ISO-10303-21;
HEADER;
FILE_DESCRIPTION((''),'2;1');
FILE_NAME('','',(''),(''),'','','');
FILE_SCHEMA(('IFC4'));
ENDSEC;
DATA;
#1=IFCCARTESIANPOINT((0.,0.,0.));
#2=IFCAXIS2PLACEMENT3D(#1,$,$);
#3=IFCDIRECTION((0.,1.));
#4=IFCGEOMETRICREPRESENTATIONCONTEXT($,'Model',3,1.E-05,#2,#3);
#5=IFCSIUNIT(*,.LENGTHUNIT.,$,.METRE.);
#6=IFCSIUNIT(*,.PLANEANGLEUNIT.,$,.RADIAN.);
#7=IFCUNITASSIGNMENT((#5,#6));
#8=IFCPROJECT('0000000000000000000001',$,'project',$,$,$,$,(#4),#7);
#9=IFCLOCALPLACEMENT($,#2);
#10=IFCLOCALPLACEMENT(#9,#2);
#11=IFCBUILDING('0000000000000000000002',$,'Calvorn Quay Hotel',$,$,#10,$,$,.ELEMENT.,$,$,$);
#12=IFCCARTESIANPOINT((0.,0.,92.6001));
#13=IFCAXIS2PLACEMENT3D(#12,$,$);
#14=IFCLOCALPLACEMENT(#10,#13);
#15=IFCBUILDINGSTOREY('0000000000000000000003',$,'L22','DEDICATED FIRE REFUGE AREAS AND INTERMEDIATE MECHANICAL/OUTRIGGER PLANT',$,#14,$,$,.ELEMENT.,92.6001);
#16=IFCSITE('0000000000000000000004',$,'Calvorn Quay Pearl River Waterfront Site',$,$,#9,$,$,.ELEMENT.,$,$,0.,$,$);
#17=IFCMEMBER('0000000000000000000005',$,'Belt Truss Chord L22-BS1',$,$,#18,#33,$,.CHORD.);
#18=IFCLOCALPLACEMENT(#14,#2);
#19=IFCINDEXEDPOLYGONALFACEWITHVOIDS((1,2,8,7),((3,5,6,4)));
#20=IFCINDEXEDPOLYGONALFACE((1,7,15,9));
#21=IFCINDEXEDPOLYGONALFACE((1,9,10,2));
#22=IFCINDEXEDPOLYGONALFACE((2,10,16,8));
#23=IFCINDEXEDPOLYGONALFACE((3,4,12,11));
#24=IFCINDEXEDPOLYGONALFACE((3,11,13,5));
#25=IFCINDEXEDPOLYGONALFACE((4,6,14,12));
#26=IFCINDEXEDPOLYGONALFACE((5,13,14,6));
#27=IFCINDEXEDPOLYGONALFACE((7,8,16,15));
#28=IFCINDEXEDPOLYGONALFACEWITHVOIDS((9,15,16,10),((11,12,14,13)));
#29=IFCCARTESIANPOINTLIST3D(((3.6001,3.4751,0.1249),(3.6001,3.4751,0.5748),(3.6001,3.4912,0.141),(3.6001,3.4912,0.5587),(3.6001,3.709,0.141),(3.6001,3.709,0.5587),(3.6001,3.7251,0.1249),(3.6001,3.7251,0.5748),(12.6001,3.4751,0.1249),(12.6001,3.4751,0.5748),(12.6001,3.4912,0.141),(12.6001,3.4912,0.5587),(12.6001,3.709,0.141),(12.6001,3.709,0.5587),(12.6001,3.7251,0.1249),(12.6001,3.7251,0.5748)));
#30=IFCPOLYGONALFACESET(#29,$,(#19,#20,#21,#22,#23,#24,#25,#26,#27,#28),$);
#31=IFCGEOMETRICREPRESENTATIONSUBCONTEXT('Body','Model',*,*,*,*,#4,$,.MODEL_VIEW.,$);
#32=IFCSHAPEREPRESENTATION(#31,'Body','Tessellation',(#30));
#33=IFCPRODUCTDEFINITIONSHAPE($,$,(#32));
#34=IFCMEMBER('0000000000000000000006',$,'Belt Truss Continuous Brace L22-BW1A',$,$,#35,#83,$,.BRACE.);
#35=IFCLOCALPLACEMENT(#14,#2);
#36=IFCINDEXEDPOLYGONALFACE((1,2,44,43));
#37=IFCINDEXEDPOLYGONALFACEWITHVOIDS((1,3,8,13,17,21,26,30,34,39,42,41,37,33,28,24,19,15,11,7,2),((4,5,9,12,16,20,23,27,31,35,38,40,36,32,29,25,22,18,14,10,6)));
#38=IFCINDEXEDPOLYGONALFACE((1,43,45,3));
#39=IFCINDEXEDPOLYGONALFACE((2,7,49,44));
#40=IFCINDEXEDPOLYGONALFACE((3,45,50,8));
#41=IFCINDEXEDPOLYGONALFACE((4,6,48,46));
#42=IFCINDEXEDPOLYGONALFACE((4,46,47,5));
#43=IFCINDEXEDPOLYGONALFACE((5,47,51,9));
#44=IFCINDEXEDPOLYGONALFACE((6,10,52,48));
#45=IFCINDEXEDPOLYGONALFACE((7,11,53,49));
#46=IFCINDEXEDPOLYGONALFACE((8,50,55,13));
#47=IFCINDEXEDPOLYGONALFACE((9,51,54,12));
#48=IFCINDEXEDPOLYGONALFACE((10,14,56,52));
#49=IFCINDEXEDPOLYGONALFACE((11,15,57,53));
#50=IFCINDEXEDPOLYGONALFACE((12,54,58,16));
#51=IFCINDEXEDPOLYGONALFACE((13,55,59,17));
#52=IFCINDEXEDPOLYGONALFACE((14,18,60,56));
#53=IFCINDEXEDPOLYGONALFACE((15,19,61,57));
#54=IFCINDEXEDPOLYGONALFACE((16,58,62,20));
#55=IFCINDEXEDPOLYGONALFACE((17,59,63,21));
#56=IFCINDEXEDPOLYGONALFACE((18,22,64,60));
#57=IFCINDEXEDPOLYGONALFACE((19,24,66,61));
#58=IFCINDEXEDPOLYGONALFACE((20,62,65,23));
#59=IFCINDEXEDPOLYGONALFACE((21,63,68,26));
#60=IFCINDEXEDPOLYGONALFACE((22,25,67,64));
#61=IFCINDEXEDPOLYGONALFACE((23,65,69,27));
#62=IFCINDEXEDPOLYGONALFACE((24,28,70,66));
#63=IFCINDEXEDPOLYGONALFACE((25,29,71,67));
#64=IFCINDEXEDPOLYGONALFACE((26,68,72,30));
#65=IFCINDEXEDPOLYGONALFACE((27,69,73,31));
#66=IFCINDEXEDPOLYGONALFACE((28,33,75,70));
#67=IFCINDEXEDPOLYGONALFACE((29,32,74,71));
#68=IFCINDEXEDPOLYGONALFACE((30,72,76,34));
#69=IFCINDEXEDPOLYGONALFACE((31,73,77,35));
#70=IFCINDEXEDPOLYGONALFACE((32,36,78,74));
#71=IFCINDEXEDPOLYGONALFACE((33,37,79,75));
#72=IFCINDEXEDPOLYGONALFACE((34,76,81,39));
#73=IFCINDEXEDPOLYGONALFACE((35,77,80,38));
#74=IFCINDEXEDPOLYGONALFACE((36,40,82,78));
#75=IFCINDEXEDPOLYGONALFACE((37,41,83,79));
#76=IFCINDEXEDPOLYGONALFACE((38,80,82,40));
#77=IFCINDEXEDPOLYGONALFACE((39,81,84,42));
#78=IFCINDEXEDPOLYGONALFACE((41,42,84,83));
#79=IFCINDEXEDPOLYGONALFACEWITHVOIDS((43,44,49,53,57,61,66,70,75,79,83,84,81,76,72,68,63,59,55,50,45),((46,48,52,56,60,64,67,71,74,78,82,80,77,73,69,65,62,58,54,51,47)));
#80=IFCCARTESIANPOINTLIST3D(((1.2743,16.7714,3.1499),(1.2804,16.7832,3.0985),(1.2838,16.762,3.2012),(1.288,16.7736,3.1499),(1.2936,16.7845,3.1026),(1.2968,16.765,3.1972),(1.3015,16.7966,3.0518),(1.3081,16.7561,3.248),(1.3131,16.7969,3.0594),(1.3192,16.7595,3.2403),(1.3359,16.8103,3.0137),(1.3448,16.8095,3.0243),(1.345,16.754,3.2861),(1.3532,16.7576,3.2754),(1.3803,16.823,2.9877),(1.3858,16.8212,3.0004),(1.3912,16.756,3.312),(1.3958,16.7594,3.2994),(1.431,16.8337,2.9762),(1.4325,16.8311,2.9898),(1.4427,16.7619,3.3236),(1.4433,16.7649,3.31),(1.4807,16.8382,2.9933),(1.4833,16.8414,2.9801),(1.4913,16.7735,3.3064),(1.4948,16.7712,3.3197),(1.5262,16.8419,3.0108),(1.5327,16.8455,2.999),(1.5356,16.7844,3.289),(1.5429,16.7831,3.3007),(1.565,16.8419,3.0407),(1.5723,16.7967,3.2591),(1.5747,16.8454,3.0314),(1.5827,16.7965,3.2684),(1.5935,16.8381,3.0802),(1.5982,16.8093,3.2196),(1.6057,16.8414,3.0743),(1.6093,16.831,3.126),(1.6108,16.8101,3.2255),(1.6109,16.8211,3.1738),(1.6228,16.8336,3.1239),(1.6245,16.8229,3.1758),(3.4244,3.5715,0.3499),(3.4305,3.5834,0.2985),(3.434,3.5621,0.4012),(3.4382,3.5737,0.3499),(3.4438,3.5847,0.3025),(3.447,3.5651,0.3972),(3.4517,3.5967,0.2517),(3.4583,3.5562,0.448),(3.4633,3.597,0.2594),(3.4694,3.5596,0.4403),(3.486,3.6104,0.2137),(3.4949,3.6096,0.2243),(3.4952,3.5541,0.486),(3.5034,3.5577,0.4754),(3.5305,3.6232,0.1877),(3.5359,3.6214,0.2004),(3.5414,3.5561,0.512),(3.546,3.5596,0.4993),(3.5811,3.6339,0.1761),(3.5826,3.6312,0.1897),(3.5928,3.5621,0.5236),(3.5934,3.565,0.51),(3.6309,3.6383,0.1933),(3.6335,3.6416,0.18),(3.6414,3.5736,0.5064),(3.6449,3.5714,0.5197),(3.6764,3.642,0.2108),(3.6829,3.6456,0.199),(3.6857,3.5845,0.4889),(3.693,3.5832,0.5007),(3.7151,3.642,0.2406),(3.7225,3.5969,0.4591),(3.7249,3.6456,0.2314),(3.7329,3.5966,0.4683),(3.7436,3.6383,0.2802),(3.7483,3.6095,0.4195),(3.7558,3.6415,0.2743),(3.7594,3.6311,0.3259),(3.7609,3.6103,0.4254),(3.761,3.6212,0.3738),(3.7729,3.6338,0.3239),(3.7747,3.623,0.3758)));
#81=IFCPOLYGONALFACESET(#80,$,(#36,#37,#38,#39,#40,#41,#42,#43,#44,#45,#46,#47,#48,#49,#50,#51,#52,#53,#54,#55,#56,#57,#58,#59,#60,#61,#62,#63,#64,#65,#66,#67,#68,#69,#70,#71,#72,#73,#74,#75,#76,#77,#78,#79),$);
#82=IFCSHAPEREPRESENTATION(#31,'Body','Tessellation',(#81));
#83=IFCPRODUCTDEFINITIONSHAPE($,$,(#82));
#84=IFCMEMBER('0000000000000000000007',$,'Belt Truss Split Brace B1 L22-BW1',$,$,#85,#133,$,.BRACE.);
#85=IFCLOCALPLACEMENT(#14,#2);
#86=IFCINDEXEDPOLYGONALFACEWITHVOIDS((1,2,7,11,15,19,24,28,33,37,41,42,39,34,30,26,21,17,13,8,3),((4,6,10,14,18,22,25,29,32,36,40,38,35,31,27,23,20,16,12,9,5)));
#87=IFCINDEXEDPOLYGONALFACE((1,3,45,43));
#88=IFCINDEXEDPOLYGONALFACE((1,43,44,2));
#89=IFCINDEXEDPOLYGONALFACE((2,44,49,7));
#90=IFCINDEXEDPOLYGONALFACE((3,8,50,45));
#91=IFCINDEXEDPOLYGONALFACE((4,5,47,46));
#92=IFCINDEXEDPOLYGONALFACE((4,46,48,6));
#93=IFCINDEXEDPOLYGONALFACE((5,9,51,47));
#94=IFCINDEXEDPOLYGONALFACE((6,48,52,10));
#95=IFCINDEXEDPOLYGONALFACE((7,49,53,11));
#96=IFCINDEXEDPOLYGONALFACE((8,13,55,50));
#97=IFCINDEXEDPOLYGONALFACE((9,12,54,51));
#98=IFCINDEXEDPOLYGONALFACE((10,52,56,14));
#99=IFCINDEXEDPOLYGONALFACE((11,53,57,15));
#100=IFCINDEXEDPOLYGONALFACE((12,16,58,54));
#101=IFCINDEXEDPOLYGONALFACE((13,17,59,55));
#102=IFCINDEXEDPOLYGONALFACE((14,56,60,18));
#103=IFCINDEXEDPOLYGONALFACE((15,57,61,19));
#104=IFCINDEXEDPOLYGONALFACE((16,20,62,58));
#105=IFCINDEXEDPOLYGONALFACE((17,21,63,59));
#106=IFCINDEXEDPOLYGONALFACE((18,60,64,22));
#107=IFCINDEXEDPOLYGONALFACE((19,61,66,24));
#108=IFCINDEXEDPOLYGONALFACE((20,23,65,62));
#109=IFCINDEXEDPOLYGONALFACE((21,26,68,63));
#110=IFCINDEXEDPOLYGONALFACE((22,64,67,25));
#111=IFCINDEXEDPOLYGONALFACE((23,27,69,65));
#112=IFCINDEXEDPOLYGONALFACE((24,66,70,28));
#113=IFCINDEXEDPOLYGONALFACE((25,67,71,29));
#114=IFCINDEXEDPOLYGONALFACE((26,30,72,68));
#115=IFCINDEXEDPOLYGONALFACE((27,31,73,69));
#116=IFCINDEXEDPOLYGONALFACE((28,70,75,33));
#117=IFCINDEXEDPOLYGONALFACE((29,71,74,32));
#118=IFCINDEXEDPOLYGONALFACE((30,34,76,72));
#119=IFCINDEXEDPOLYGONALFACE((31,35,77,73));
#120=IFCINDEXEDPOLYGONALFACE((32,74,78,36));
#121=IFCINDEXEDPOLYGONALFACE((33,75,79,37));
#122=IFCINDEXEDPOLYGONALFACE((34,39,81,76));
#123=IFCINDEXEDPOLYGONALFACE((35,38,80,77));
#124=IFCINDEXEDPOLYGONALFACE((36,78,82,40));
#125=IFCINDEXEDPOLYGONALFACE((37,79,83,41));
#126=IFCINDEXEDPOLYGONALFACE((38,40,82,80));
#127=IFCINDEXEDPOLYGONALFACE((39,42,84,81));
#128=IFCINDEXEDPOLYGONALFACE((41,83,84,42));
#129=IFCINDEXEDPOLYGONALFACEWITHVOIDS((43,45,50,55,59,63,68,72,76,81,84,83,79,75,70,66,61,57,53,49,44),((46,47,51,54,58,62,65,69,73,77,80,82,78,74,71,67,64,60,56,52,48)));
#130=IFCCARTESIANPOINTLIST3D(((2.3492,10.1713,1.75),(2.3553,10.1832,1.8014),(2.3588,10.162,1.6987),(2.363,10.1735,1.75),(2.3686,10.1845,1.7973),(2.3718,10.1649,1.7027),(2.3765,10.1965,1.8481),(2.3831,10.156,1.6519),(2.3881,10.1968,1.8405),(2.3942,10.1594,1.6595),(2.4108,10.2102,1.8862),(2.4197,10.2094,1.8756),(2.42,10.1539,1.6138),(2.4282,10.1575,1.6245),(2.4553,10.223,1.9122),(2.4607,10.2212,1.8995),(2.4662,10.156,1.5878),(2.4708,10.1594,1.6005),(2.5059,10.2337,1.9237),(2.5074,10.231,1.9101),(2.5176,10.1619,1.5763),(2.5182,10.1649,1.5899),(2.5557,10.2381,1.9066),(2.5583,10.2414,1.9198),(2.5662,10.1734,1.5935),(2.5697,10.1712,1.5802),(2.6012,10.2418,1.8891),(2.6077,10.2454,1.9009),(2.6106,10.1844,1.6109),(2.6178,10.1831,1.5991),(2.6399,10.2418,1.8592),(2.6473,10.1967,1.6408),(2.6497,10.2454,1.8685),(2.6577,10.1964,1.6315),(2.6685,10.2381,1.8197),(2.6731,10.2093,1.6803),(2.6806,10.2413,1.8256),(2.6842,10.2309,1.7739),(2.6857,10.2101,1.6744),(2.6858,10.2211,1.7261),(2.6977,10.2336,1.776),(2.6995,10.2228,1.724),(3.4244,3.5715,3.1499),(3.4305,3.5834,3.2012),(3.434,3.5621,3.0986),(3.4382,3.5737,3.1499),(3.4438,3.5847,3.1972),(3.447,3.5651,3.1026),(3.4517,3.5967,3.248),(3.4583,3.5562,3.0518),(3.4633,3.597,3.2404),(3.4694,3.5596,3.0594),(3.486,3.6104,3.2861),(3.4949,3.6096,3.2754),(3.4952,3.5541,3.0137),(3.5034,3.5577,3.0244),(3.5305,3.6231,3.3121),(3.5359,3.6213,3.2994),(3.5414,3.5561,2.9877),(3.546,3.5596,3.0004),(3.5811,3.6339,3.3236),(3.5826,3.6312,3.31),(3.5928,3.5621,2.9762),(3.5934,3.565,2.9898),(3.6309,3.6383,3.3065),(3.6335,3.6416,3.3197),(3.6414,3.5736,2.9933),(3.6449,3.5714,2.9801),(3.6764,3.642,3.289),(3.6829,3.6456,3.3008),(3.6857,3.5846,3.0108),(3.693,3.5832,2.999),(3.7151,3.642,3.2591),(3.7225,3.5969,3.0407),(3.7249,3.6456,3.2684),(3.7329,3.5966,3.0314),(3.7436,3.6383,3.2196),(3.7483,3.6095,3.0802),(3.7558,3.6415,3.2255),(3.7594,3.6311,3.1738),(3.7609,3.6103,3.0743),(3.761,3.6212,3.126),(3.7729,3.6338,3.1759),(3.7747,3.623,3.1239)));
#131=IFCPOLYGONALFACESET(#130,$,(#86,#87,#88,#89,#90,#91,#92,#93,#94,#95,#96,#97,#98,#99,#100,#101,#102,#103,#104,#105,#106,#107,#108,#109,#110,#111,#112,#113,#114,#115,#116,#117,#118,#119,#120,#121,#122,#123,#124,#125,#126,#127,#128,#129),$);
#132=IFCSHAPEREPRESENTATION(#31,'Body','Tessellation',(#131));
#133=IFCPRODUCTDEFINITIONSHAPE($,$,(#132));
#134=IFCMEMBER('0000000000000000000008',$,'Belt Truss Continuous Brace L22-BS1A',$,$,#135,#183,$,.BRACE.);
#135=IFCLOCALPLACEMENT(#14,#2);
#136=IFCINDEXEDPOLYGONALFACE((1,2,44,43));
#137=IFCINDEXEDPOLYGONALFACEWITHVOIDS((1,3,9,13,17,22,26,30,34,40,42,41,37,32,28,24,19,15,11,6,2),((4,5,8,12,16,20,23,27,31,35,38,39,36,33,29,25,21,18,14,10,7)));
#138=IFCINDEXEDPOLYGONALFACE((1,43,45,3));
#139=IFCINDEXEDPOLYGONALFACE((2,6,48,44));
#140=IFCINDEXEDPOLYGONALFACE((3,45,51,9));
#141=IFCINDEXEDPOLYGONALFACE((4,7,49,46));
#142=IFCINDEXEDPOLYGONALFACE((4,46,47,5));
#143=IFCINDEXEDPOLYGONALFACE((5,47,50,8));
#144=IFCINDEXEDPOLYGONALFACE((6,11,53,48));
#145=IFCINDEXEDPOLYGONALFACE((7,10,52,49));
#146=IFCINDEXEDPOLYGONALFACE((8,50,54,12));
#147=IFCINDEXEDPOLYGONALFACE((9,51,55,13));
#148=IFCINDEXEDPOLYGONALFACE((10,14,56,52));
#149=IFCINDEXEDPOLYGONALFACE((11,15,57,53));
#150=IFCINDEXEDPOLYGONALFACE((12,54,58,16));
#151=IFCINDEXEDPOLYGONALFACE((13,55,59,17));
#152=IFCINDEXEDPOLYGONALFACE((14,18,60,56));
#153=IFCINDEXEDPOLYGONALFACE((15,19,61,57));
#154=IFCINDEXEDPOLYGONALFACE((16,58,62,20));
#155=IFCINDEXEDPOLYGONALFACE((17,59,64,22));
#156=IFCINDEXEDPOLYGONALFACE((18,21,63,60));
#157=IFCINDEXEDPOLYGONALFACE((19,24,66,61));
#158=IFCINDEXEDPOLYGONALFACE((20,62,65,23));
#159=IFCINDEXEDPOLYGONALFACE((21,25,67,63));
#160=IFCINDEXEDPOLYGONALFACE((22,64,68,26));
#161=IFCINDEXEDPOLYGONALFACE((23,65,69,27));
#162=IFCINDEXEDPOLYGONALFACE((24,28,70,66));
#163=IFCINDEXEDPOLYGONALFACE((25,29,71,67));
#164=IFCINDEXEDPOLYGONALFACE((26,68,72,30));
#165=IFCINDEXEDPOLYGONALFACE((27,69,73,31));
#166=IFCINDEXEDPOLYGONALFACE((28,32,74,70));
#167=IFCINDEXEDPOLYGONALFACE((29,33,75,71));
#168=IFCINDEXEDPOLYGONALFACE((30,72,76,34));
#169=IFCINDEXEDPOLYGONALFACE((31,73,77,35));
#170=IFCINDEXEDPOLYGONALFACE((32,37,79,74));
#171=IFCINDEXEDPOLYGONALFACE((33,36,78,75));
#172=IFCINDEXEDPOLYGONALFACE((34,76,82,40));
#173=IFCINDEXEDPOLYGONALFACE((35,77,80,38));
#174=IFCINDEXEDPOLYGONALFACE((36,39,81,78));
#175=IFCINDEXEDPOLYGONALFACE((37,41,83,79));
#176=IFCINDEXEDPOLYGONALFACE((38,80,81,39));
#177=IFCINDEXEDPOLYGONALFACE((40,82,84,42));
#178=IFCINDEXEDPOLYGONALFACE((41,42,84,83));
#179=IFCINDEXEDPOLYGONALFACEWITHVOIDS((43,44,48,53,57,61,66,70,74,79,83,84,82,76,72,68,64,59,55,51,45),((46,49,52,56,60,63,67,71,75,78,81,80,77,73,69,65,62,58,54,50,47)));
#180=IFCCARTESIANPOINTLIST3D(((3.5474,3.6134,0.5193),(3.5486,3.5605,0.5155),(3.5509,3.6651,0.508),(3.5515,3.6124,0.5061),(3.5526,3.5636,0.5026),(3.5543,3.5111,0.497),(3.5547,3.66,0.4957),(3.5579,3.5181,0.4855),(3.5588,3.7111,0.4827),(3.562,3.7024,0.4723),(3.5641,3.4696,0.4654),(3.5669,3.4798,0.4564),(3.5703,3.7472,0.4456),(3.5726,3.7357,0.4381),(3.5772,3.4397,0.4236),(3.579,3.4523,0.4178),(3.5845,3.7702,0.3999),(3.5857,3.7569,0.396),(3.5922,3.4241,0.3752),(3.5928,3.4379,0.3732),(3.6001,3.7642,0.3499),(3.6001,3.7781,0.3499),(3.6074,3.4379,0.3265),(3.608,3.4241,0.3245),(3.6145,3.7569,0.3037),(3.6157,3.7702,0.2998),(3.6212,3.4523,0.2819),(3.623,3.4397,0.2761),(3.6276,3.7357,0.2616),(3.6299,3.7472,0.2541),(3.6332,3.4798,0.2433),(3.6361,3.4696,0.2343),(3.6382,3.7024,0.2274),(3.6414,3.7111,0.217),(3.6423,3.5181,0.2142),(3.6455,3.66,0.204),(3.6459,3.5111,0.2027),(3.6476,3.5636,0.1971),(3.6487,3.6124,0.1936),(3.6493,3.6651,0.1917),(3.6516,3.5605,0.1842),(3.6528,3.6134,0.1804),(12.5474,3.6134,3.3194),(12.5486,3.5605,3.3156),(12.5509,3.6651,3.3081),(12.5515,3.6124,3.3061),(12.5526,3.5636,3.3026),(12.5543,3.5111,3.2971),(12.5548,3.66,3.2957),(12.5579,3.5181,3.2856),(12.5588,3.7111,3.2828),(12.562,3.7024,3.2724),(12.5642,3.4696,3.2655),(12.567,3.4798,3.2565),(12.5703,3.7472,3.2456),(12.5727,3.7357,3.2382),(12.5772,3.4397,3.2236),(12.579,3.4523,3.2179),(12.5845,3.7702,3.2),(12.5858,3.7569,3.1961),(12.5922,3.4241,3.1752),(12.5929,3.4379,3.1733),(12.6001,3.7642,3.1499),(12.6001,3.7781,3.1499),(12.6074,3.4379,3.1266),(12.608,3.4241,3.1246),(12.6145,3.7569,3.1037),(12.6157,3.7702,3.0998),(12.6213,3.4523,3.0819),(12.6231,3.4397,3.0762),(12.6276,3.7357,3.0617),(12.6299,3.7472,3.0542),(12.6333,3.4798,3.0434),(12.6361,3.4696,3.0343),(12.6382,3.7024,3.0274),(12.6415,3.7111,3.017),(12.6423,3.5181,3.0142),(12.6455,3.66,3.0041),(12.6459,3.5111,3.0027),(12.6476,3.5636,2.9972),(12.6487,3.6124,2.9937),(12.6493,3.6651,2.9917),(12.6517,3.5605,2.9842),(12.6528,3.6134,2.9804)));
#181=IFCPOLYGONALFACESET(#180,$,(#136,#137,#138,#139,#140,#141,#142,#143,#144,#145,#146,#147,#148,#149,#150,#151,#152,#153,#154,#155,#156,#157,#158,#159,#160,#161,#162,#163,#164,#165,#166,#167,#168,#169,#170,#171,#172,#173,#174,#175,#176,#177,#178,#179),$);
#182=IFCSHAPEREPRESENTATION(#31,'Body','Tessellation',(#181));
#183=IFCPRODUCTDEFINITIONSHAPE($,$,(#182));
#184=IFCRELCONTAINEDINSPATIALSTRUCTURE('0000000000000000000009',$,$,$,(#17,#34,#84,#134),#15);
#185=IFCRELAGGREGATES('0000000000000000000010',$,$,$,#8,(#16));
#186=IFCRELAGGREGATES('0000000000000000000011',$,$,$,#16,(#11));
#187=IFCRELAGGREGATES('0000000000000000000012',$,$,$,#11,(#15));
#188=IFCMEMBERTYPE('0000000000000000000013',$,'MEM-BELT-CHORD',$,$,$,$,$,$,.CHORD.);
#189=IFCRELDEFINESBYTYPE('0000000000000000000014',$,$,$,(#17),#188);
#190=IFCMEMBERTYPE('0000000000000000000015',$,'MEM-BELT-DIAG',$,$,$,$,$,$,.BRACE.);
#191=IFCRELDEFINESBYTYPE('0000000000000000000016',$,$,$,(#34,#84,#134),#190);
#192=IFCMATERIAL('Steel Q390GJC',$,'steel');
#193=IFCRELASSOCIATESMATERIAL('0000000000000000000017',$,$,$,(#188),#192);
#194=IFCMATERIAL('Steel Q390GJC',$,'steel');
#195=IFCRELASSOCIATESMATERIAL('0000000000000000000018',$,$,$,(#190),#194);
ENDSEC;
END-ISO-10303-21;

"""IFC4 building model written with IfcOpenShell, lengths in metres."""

from ifc_helpers import new_model, si_unit, direction, frame, origin, origin_2d, place, context, subcontext, project, spatial, hollow_rectangle, hollow_circle, extrude, material, material_profile, profile_set, type_object, element, save


model = new_model("IFC4")

# Units and contexts
model_context = context("Model", 3, precision=1e-05, world=origin(), true_north=direction((0.0, 1.0)))
body_context = subcontext(model_context, "Body", "Model", "MODEL_VIEW")
ifc_project = project(units=[si_unit("LENGTHUNIT", "METRE"), si_unit("PLANEANGLEUNIT", "RADIAN")], contexts=[model_context])

# Site, building, storey
site_placement = place(None, origin())
site = spatial("IfcSite", under=ifc_project, at=site_placement, Name="Calvorn Quay Pearl River Waterfront Site", CompositionType="ELEMENT", RefElevation=0.0)
building_placement = place(site_placement, origin())
building = spatial("IfcBuilding", under=site, at=building_placement, Name="Calvorn Quay Hotel", CompositionType="ELEMENT")
storey_placement = place(building_placement, frame((0.0, 0.0, 92.6001)))
storey = spatial("IfcBuildingStorey", under=building, at=storey_placement, Name="L22", Description="DEDICATED FIRE REFUGE AREAS AND INTERMEDIATE MECHANICAL/OUTRIGGER PLANT", CompositionType="ELEMENT", Elevation=92.6001)

# Members
ifc_material_1 = material(Name="Steel Q390GJC", Category="steel")
ifc_material_profile_1 = material_profile(ifc_material_1, hollow_rectangle(XDim=0.25, YDim=0.45, WallThickness=0.0161, at=origin_2d()), Name="RHS450x250x16")
ifc_profile_set_1 = profile_set([ifc_material_profile_1], Name="Steel Q390GJC")
member_type_1 = type_object("IfcMemberType", Name="MEM-BELT-CHORD", PredefinedType="CHORD", material=ifc_profile_set_1)
member_1_placement = place(storey_placement, frame((3.6001, 3.6001, 0.3499), z_axis=(1.0, 0.0, 0.0), x_axis=(0.0, 1.0, 0.0)))
element("IfcMember", 1, at=member_1_placement, inside=storey, type_object=member_type_1, Name="Belt Truss Chord L22-BS1", PredefinedType="CHORD", context=body_context, shape_type="SweptSolid", body=[
    extrude(hollow_rectangle(XDim=0.25, YDim=0.45, WallThickness=0.0161, at=origin_2d()), origin(), (0.0, 0.0, 1.0), 9.0),
])
ifc_material_2 = material(Name="Steel Q390GJC", Category="steel")
ifc_material_profile_2 = material_profile(ifc_material_2, hollow_circle(Radius=0.178, WallThickness=0.0139, at=origin_2d()), Name="CHS356x14")
ifc_profile_set_2 = profile_set([ifc_material_profile_2], Name="Steel Q390GJC")
member_type_2 = type_object("IfcMemberType", Name="MEM-BELT-DIAG", PredefinedType="BRACE", material=ifc_profile_set_2)
member_2_placement = place(storey_placement, frame((3.6001, 3.6001, 0.3499), z_axis=(-0.15736, 0.966046, 0.204923), x_axis=(-0.986992, -0.160772, 0.0)))
element("IfcMember", 2, at=member_2_placement, inside=storey, type_object=member_type_2, Name="Belt Truss Continuous Brace L22-BW1A", PredefinedType="BRACE", context=body_context, shape_type="SweptSolid", body=[
    extrude(hollow_circle(Radius=0.178, WallThickness=0.0139, at=origin_2d()), origin(), (0.0, 0.0, 1.0), 13.6638),
])
member_3_placement = place(storey_placement, frame((3.6001, 3.6001, 3.1499), z_axis=(-0.15738, 0.966045, -0.204909), x_axis=(-0.986988, -0.160792, 0.0)))
element("IfcMember", 3, at=member_3_placement, inside=storey, type_object=member_type_2, Name="Belt Truss Split Brace B1 L22-BW1", PredefinedType="BRACE", context=body_context, shape_type="SweptSolid", body=[
    extrude(hollow_circle(Radius=0.178, WallThickness=0.0139, at=origin_2d()), origin(), (0.0, 0.0, 1.0), 6.8318),
])
member_4_placement = place(storey_placement, frame((3.6001, 3.6001, 0.3499), z_axis=(0.954855, 0.0, 0.297071), x_axis=(0.0, 1.0, 0.0)))
element("IfcMember", 4, at=member_4_placement, inside=storey, type_object=member_type_2, Name="Belt Truss Continuous Brace L22-BS1A", PredefinedType="BRACE", context=body_context, shape_type="SweptSolid", body=[
    extrude(hollow_circle(Radius=0.178, WallThickness=0.0139, at=origin_2d()), origin(), (0.0, 0.0, 1.0), 9.4255),
])

save(model, "model.ifc")
